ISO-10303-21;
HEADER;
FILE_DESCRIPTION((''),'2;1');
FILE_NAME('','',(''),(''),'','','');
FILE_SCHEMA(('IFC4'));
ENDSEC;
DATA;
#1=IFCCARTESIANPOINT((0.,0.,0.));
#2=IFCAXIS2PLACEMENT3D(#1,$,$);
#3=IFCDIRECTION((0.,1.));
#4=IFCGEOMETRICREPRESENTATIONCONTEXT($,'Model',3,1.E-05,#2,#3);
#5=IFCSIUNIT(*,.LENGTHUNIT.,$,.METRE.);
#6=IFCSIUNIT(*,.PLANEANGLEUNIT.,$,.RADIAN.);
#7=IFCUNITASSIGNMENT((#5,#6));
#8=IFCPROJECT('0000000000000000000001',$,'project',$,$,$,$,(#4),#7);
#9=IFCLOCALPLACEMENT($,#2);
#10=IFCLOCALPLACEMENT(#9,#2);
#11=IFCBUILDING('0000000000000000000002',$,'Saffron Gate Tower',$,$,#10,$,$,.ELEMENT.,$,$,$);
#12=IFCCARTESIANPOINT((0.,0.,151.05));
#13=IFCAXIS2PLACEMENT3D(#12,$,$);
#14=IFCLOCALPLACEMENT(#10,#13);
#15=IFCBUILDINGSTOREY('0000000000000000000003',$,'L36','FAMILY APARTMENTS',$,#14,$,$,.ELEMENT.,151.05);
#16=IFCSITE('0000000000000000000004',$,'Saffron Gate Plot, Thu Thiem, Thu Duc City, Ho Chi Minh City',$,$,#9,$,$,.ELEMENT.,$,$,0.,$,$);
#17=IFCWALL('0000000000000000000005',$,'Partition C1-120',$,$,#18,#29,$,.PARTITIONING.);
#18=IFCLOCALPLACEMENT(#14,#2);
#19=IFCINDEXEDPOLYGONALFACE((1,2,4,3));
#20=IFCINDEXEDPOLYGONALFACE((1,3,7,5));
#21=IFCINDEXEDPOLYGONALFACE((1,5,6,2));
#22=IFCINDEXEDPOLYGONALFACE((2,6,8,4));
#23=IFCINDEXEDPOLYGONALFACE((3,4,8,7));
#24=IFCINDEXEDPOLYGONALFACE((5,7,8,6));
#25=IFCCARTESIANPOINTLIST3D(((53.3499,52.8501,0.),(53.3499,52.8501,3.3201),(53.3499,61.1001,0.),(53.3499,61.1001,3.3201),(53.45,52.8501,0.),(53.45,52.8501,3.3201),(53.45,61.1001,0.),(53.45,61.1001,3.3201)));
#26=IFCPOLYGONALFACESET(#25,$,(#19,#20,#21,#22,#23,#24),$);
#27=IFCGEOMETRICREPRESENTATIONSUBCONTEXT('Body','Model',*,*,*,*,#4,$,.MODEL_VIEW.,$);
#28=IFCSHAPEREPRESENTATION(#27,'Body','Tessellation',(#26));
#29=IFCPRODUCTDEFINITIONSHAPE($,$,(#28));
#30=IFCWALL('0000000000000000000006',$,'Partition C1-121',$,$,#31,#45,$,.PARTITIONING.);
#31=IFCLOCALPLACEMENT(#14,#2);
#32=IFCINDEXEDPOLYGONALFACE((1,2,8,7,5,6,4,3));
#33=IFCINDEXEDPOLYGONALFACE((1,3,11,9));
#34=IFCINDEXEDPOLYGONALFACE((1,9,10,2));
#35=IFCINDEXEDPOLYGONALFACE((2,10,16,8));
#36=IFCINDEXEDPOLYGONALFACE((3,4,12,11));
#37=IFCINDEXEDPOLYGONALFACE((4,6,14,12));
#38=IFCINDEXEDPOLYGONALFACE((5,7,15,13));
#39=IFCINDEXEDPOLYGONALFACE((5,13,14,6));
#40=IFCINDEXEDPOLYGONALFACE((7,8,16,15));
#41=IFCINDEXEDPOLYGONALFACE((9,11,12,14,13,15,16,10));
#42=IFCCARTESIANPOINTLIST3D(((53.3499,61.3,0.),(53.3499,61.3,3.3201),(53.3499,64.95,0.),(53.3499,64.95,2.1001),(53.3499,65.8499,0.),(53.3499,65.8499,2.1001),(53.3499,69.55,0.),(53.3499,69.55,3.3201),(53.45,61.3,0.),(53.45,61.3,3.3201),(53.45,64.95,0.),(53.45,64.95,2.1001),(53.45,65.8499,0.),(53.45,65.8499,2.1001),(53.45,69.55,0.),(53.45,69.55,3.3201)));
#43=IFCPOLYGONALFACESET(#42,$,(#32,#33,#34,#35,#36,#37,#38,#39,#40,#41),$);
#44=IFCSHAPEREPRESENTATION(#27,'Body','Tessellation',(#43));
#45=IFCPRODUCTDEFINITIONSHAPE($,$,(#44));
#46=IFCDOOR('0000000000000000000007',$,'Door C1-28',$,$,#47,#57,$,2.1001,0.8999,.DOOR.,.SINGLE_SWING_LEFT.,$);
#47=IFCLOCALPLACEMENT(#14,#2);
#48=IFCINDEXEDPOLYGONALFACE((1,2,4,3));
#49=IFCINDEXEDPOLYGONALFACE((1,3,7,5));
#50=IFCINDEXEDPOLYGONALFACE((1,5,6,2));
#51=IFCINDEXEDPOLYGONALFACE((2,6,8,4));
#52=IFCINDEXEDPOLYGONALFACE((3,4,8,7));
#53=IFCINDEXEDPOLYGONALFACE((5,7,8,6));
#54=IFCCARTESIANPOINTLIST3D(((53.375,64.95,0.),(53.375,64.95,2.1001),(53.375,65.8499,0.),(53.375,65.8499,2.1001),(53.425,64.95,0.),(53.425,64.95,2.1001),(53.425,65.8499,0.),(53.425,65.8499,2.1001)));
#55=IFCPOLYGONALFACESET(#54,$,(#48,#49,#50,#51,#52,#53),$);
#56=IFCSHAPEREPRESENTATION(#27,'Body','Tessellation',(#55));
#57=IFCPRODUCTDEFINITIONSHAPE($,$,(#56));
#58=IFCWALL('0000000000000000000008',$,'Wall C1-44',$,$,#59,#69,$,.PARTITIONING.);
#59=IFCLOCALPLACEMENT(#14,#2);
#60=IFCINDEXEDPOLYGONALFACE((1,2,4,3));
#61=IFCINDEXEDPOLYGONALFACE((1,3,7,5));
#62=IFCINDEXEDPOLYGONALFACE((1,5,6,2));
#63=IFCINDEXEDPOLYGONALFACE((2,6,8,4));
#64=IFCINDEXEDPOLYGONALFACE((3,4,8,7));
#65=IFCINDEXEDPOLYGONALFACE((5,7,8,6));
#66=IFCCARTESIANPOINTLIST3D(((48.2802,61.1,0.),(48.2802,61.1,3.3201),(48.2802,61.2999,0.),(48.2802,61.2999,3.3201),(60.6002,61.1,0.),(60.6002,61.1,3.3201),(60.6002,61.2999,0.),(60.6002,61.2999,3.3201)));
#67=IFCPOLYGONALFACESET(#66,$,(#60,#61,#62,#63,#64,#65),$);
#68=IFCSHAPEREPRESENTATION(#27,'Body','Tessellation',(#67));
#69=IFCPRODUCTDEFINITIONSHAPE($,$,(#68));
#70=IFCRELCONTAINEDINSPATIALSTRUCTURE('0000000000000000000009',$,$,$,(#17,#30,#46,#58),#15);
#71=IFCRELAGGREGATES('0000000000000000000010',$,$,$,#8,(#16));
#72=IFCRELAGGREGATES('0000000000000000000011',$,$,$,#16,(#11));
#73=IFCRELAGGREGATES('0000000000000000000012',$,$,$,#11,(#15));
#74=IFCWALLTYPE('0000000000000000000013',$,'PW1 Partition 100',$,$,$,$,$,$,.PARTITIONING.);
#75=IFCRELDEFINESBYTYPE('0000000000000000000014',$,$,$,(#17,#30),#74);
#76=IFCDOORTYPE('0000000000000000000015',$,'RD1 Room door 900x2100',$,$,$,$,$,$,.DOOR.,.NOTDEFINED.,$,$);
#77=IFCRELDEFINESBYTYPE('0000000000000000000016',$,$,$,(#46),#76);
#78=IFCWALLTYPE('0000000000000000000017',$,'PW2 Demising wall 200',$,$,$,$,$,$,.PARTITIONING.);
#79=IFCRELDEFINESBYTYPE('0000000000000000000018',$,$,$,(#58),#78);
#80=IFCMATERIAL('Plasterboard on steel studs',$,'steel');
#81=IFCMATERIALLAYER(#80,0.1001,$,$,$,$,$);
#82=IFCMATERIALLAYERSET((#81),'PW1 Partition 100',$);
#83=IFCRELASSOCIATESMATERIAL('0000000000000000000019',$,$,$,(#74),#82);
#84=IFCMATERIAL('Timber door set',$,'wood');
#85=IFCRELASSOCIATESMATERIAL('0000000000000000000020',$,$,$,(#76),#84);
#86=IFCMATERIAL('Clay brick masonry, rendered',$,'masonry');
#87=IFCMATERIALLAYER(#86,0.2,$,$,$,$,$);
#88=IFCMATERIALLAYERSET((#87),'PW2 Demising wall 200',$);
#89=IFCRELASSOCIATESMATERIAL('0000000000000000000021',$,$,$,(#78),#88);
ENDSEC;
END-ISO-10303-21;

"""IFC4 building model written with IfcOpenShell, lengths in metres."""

from ifc_helpers import new_model, si_unit, direction, frame, frame_2d, origin, place, context, subcontext, project, spatial, rectangle, extrude, material, layer, layer_set, type_object, element, fill, save


model = new_model("IFC4")

# Units and contexts
model_context = context("Model", 3, precision=1e-05, world=origin(), true_north=direction((0.0, 1.0)))
body_context = subcontext(model_context, "Body", "Model", "MODEL_VIEW")
ifc_project = project(units=[si_unit("LENGTHUNIT", "METRE"), si_unit("PLANEANGLEUNIT", "RADIAN")], contexts=[model_context])

# Site, building, storey
site_placement = place(None, origin())
site = spatial("IfcSite", under=ifc_project, at=site_placement, Name="Saffron Gate Plot, Thu Thiem, Thu Duc City, Ho Chi Minh City", CompositionType="ELEMENT", RefElevation=0.0)
building_placement = place(site_placement, origin())
building = spatial("IfcBuilding", under=site, at=building_placement, Name="Saffron Gate Tower", CompositionType="ELEMENT")
storey_placement = place(building_placement, frame((0.0, 0.0, 151.05)))
storey = spatial("IfcBuildingStorey", under=building, at=storey_placement, Name="L36", Description="FAMILY APARTMENTS", CompositionType="ELEMENT", Elevation=151.05)

# Shared definitions
ifc_material_1 = material(Name="Plasterboard on steel studs", Category="steel")
ifc_layer_1 = layer(ifc_material_1, 0.1001)
ifc_layer_set_1 = layer_set([ifc_layer_1], Name="PW1 Partition 100")
wall_type_1 = type_object("IfcWallType", Name="PW1 Partition 100", PredefinedType="PARTITIONING", material=ifc_layer_set_1)

# Shared definitions
ifc_material_2 = material(Name="Timber door set", Category="wood")
door_type = type_object("IfcDoorType", Name="RD1 Room door 900x2100", OperationType="NOTDEFINED", PredefinedType="DOOR", material=ifc_material_2)

# Wall
wall_1_placement = place(storey_placement, frame((53.3999, 61.1001, 0.0), z_axis=(0.0, 0.0, 1.0), x_axis=(0.0, -1.0, 0.0)))
element("IfcWall", 1, at=wall_1_placement, inside=storey, type_object=wall_type_1, Name="Partition C1-120", PredefinedType="PARTITIONING", context=body_context, shape_type="SweptSolid", body=[
    extrude(rectangle(XDim=8.25, YDim=0.1001, at=frame_2d((4.125, 0.0))), origin(), (0.0, 0.0, 1.0), 3.3201),
])

# Wall, opening, door
wall_2_placement = place(storey_placement, frame((53.3999, 61.3, 0.0), z_axis=(0.0, 0.0, 1.0), x_axis=(0.0, 1.0, 0.0)))
wall_2 = element("IfcWall", 2, at=wall_2_placement, inside=storey, type_object=wall_type_1, Name="Partition C1-121", PredefinedType="PARTITIONING", context=body_context, shape_type="SweptSolid", body=[
    extrude(rectangle(XDim=8.25, YDim=0.1001, at=frame_2d((4.125, 0.0))), origin(), (0.0, 0.0, 1.0), 3.3201),
])
opening_1_placement = place(wall_2_placement, frame((3.6499, 0.0, 0.0)))
opening_1 = element("IfcOpeningElement", 3, at=opening_1_placement, cuts=wall_2, PredefinedType="OPENING", context=body_context, shape_type="SweptSolid", body=[
    extrude(rectangle(XDim=0.8999, YDim=2.1001, at=frame_2d((0.45, 1.05))), frame((0.0, 0.0601, 0.0), z_axis=(0.0, -1.0, 0.0), x_axis=(1.0, 0.0, 0.0)), (0.0, 0.0, 1.0), 0.1201),
])
door_1_placement = place(opening_1_placement, origin())
door_1 = element("IfcDoor", 4, at=door_1_placement, inside=storey, type_object=door_type, Name="Door C1-28", OperationType="SINGLE_SWING_LEFT", OverallHeight=2.1001, OverallWidth=0.8999, PredefinedType="DOOR", context=body_context, shape_type="SweptSolid", body=[
    extrude(rectangle(XDim=0.8999, YDim=2.1001, at=frame_2d((0.45, 1.05))), frame((0.0, 0.0249, 0.0), z_axis=(0.0, -1.0, 0.0), x_axis=(1.0, 0.0, 0.0)), (0.0, 0.0, 1.0), 0.05),
])
fill(opening_1, door_1)

# Wall
ifc_material_3 = material(Name="Clay brick masonry, rendered", Category="masonry")
ifc_layer_2 = layer(ifc_material_3, 0.2)
ifc_layer_set_2 = layer_set([ifc_layer_2], Name="PW2 Demising wall 200")
wall_type_2 = type_object("IfcWallType", Name="PW2 Demising wall 200", PredefinedType="PARTITIONING", material=ifc_layer_set_2)
wall_3_placement = place(storey_placement, frame((48.28, 61.2, 0.0), z_axis=(0.0, 0.0, 1.0), x_axis=(1.0, 0.0, 0.0)))
element("IfcWall", 5, at=wall_3_placement, inside=storey, type_object=wall_type_2, Name="Wall C1-44", PredefinedType="PARTITIONING", context=body_context, shape_type="SweptSolid", body=[
    extrude(rectangle(XDim=12.3201, YDim=0.2, at=frame_2d((6.1602, 0.0))), origin(), (0.0, 0.0, 1.0), 3.3201),
])

save(model, "model.ifc")
